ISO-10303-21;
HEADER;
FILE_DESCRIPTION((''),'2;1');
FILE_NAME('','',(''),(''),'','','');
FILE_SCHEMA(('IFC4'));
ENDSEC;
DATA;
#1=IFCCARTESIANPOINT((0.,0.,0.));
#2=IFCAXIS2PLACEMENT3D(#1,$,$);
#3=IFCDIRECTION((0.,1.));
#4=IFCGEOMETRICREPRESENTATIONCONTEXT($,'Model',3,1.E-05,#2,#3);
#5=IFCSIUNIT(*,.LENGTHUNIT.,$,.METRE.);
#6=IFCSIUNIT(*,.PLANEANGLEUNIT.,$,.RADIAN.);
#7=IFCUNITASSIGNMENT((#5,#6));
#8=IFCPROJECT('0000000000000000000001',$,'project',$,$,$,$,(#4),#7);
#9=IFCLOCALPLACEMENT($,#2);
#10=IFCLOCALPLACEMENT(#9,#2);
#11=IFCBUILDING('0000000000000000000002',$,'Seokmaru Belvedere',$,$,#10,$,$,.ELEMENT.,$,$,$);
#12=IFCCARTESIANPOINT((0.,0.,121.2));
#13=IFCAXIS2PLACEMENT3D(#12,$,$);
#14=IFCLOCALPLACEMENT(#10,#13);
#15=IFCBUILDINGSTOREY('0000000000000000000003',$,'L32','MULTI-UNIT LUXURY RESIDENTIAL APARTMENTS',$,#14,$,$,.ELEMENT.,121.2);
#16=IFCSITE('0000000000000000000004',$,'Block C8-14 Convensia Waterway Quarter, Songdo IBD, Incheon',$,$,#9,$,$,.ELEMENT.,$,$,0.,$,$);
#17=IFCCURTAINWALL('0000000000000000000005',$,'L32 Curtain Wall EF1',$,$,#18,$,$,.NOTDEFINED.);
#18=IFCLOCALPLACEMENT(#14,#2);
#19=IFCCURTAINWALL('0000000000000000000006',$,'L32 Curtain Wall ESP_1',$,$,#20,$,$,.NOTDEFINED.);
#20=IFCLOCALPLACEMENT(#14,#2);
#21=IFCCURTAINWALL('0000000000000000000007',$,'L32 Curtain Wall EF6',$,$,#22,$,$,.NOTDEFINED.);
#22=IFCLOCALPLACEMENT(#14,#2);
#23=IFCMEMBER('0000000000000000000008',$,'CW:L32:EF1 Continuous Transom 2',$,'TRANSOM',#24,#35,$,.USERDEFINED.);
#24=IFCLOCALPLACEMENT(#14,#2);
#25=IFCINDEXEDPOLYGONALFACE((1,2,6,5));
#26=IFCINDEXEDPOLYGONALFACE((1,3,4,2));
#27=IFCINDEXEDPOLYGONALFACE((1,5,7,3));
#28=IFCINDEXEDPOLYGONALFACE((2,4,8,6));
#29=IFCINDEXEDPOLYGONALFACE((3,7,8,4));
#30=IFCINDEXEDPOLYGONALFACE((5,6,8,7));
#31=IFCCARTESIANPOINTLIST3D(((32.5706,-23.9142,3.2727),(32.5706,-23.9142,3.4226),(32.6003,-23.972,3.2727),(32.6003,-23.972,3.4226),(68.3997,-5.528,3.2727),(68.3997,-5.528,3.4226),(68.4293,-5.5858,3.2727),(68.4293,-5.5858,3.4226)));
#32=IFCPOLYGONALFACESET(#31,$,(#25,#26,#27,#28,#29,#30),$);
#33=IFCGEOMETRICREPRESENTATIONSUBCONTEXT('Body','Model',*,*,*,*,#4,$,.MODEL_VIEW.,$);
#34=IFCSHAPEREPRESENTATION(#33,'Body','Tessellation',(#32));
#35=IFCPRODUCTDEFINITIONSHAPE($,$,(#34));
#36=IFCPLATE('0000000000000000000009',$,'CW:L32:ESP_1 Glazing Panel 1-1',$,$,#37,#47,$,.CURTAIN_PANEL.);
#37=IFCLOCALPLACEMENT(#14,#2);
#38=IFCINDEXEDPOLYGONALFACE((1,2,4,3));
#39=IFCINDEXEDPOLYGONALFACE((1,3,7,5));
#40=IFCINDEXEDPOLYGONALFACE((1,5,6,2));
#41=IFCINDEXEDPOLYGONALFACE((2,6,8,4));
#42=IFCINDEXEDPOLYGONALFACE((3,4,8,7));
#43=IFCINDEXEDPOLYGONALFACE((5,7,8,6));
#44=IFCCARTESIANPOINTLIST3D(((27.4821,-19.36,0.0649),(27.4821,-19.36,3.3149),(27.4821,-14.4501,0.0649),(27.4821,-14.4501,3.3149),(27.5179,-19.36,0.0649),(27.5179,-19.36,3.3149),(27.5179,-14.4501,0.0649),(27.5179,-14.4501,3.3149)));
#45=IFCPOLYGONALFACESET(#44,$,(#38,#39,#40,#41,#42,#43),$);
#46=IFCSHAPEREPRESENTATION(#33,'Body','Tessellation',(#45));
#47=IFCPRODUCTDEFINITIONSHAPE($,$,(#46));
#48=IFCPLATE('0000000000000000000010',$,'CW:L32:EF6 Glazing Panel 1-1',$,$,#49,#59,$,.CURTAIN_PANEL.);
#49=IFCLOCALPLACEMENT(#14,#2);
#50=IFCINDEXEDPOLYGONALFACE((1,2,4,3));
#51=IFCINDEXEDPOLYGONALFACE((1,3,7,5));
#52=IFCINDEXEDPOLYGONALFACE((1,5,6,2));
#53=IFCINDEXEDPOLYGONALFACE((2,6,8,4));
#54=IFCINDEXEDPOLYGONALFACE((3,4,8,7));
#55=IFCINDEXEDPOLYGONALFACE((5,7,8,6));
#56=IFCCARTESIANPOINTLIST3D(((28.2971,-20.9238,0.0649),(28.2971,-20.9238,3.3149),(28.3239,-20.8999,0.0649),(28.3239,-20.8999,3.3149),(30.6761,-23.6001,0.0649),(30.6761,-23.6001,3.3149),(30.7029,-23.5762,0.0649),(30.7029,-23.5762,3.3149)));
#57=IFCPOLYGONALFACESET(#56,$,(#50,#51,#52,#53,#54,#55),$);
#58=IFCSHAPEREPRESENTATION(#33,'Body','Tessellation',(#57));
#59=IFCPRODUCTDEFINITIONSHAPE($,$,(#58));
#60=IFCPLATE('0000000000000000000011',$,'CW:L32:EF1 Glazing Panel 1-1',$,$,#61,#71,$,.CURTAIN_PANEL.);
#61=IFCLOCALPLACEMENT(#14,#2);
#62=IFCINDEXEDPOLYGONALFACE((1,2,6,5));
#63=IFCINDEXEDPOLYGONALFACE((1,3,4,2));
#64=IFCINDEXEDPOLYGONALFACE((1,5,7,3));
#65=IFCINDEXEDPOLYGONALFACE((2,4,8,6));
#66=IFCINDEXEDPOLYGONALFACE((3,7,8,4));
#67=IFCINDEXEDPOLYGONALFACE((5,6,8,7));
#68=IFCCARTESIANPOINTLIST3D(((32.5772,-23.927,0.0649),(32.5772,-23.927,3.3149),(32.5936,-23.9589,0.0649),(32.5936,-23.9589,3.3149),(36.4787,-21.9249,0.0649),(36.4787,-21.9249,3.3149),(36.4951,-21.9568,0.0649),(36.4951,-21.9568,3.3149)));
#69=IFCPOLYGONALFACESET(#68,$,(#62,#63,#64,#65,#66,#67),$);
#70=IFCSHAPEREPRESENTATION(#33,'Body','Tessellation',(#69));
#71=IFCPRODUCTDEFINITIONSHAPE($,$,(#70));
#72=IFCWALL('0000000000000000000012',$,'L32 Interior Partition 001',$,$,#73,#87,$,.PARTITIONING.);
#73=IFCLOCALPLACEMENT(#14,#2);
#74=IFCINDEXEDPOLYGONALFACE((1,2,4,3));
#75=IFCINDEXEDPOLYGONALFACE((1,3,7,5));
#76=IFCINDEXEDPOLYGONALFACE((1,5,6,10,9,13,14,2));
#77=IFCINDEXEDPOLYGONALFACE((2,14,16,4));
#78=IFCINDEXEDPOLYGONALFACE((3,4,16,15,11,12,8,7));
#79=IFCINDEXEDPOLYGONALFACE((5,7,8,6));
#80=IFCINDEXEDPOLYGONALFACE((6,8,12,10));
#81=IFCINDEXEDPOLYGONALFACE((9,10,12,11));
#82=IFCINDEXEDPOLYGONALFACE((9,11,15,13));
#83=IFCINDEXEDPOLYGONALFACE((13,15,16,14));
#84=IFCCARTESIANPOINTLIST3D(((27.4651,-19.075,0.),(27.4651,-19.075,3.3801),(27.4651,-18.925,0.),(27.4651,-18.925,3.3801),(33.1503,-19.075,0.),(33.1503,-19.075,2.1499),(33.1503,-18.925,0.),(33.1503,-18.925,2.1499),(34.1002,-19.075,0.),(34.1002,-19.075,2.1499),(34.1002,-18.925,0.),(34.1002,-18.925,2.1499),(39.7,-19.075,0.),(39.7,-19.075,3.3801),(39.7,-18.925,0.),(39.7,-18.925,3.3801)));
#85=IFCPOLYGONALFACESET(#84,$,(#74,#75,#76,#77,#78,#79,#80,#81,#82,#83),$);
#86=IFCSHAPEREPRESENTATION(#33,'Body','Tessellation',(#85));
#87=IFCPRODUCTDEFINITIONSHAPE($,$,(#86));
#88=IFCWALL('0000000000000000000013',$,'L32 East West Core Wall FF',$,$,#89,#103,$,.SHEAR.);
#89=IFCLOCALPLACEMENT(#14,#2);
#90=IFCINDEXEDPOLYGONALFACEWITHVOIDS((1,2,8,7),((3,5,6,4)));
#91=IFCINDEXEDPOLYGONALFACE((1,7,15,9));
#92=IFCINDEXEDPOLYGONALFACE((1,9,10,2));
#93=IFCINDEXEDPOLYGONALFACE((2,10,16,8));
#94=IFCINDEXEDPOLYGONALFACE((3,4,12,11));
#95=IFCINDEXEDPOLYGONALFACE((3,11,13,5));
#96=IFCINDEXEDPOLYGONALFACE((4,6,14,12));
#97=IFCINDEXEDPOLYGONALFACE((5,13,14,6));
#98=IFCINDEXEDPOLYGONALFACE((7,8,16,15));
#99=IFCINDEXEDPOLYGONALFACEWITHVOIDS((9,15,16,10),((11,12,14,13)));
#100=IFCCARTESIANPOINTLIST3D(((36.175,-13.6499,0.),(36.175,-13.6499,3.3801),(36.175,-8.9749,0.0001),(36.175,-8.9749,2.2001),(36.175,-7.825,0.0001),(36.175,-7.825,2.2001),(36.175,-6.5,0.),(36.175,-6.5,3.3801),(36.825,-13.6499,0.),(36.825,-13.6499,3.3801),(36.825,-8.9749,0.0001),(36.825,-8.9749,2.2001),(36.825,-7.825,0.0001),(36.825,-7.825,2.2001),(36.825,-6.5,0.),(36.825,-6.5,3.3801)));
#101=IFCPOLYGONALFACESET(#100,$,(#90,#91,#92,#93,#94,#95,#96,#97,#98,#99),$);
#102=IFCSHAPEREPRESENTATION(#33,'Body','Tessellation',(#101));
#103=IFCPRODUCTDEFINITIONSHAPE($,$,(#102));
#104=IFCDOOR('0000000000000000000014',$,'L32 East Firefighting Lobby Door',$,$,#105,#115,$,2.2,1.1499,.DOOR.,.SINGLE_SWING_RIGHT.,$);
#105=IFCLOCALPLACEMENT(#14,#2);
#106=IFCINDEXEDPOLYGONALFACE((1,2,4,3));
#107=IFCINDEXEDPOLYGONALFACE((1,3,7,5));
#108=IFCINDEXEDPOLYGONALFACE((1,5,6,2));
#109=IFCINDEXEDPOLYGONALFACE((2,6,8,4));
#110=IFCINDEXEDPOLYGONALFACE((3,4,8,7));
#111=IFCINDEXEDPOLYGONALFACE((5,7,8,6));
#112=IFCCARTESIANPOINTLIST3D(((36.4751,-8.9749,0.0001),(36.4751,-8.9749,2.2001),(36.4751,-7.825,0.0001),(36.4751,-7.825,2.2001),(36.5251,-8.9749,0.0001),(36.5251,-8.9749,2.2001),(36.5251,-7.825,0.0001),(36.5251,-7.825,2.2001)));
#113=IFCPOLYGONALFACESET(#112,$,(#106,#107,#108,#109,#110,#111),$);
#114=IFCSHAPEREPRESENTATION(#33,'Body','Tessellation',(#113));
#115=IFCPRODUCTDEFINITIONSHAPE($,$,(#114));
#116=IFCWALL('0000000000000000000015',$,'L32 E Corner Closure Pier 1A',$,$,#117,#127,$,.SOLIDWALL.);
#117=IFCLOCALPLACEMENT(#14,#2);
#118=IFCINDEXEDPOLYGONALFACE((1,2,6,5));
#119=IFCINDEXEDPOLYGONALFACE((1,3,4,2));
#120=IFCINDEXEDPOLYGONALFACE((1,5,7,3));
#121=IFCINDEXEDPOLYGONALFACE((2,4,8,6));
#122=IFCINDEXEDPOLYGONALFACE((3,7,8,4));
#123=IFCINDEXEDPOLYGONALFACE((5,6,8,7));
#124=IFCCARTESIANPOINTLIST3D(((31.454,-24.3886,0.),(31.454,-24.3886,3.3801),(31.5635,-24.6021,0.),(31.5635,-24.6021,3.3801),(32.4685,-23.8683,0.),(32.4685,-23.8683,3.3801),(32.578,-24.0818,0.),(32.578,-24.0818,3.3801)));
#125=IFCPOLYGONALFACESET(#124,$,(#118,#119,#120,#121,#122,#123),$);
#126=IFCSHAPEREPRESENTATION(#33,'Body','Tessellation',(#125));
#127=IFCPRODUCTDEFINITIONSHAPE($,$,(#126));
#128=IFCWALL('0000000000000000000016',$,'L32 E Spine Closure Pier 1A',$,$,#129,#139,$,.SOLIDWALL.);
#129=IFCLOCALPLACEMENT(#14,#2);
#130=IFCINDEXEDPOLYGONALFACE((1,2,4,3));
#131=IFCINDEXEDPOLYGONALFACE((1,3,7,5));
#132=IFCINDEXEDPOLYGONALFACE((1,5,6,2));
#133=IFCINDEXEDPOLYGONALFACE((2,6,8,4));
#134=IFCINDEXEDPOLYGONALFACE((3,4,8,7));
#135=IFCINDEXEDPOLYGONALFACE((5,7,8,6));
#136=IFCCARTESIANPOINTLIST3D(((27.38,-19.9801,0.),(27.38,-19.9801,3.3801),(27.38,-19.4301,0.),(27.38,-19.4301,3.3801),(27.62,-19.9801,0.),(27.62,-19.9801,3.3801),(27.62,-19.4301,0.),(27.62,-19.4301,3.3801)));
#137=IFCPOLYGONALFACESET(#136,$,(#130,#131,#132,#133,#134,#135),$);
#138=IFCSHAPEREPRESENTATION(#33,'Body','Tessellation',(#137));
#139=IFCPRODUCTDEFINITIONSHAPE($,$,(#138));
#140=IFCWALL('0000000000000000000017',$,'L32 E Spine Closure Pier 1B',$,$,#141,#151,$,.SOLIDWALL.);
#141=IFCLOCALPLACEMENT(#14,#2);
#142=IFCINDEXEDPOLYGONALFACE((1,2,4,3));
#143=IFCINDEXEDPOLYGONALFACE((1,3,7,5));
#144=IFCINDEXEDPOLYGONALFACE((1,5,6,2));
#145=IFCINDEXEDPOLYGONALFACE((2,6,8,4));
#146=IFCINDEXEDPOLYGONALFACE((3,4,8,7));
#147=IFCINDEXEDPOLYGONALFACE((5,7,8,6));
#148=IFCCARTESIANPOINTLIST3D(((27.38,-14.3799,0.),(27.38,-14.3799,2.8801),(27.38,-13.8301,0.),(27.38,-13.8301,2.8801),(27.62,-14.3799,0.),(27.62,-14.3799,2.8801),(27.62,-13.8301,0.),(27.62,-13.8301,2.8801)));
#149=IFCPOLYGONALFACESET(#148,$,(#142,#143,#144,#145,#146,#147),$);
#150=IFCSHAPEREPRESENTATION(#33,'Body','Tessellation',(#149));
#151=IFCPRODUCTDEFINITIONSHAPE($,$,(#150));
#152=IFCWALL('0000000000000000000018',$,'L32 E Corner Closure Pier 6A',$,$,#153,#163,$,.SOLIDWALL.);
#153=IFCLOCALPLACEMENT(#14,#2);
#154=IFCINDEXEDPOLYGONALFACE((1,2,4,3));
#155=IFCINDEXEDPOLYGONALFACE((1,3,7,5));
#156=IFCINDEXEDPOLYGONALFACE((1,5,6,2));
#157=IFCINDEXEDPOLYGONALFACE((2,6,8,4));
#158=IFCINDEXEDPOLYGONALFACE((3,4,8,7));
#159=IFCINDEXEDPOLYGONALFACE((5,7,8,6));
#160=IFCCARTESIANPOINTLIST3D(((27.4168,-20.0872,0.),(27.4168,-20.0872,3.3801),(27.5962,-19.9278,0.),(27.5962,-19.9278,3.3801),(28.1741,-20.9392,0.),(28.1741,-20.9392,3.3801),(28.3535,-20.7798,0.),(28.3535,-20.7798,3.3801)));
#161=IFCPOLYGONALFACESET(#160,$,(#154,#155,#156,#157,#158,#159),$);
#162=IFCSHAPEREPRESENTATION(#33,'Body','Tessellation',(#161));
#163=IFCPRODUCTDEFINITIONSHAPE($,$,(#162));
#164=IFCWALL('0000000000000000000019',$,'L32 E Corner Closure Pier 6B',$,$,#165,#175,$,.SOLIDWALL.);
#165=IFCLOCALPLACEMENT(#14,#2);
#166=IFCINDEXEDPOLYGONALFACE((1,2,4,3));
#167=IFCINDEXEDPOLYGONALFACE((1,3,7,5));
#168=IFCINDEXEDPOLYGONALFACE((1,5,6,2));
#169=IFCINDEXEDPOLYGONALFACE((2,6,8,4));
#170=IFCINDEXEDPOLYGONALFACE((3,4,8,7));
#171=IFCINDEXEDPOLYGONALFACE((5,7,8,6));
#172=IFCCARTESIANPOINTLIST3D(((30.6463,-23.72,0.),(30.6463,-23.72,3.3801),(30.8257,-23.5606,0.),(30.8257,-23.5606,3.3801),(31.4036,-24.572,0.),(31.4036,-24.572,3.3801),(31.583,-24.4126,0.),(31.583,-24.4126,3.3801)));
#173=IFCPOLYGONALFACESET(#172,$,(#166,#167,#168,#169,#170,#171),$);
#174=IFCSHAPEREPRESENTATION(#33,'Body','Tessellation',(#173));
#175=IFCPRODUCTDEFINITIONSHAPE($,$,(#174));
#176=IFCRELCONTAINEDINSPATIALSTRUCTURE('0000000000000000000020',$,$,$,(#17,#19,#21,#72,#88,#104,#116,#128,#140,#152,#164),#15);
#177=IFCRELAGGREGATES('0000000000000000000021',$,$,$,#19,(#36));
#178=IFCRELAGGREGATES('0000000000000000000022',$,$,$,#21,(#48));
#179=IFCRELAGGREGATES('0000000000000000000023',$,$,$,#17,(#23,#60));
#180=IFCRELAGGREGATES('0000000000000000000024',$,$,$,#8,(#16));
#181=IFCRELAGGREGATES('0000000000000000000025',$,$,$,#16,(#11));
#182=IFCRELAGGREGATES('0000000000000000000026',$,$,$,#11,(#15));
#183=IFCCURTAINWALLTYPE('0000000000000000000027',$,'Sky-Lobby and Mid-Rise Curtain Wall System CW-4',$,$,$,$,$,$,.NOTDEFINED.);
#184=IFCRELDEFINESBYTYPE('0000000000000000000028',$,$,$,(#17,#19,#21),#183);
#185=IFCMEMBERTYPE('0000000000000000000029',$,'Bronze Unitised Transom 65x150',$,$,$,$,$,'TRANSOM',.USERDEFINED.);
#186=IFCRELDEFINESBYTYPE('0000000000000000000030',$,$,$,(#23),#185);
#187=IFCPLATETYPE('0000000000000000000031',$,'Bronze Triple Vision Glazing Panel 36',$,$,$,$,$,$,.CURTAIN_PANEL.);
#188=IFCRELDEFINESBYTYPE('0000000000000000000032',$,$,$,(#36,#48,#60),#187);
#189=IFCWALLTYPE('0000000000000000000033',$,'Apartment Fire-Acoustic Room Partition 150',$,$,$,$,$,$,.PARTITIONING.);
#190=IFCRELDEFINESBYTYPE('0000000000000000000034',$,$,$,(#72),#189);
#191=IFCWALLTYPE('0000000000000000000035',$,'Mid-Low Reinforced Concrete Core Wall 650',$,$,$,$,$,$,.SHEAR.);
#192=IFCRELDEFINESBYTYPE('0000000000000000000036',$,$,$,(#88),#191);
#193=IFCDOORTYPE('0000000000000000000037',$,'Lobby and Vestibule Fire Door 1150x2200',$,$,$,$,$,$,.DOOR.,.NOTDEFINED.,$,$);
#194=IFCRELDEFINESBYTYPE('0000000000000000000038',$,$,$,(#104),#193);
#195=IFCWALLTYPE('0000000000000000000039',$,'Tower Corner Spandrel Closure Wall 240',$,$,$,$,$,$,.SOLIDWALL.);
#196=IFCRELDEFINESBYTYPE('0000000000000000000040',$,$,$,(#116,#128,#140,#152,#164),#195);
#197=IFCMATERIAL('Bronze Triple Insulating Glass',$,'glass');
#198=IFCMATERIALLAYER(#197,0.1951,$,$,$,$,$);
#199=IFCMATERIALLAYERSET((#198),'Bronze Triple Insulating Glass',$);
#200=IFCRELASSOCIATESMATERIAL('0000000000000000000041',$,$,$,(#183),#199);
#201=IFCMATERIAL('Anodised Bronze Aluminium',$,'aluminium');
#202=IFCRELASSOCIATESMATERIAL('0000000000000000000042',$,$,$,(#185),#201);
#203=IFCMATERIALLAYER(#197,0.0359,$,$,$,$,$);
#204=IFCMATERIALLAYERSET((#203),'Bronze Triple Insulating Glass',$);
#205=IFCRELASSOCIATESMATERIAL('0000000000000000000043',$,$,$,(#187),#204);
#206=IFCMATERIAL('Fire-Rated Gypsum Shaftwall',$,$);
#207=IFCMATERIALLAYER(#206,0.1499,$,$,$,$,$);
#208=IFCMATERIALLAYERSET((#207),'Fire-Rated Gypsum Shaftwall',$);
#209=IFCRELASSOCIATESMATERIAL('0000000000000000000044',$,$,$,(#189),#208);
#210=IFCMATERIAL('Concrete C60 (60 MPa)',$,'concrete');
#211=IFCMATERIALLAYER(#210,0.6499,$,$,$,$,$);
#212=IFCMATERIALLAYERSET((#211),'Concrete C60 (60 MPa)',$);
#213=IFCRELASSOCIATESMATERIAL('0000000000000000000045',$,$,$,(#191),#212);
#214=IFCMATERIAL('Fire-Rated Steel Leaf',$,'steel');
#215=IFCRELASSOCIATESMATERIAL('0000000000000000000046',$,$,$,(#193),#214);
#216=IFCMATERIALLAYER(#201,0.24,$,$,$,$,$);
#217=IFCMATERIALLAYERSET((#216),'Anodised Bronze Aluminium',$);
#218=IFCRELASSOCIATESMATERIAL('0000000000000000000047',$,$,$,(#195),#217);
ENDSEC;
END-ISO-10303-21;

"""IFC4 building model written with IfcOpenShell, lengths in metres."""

from ifc_helpers import new_model, si_unit, direction, frame, frame_2d, origin, origin_2d, place, context, subcontext, project, spatial, rectangle, extrude, source, transform, mapped, material, layer, layer_set, material_profile, profile_set, type_object, type_shapes, element, fill, aggregate, save


model = new_model("IFC4")

# Units and contexts
model_context = context("Model", 3, precision=1e-05, world=origin(), true_north=direction((0.0, 1.0)))
body_context = subcontext(model_context, "Body", "Model", "MODEL_VIEW")
ifc_project = project(units=[si_unit("LENGTHUNIT", "METRE"), si_unit("PLANEANGLEUNIT", "RADIAN")], contexts=[model_context])

# Site, building, storey
site_placement = place(None, origin())
site = spatial("IfcSite", under=ifc_project, at=site_placement, Name="Block C8-14 Convensia Waterway Quarter, Songdo IBD, Incheon", CompositionType="ELEMENT", RefElevation=0.0)
building_placement = place(site_placement, origin())
building = spatial("IfcBuilding", under=site, at=building_placement, Name="Seokmaru Belvedere", CompositionType="ELEMENT")
storey_placement = place(building_placement, frame((0.0, 0.0, 121.2)))
storey = spatial("IfcBuildingStorey", under=building, at=storey_placement, Name="L32", Description="MULTI-UNIT LUXURY RESIDENTIAL APARTMENTS", CompositionType="ELEMENT", Elevation=121.2)

# Curtain wall
ifc_material_1 = material(Name="Bronze Triple Insulating Glass", Category="glass")
ifc_layer_1 = layer(ifc_material_1, 0.1951)
ifc_layer_set_1 = layer_set([ifc_layer_1], Name="Bronze Triple Insulating Glass")
curtain_wall_type = type_object("IfcCurtainWallType", Name="Sky-Lobby and Mid-Rise Curtain Wall System CW-4", PredefinedType="NOTDEFINED", material=ifc_layer_set_1)
curtain_wall_1_placement = place(storey_placement, origin())
curtain_wall_1 = element("IfcCurtainWall", 1, at=curtain_wall_1_placement, inside=storey, type_object=curtain_wall_type, Name="L32 Curtain Wall EF1", PredefinedType="NOTDEFINED")
ifc_material_2 = material(Name="Anodised Bronze Aluminium", Category="aluminium")

# Curtain walls
curtain_wall_2_placement = place(storey_placement, origin())
curtain_wall_2 = element("IfcCurtainWall", 2, at=curtain_wall_2_placement, inside=storey, type_object=curtain_wall_type, Name="L32 Curtain Wall ESP_1", PredefinedType="NOTDEFINED")
curtain_wall_3_placement = place(storey_placement, origin())
curtain_wall_3 = element("IfcCurtainWall", 3, at=curtain_wall_3_placement, inside=storey, type_object=curtain_wall_type, Name="L32 Curtain Wall EF6", PredefinedType="NOTDEFINED")

# Member
ifc_material_profile_1 = material_profile(ifc_material_2, rectangle(XDim=0.0649, YDim=0.1499, at=origin_2d()), Name="CW-T-65x150")
ifc_profile_set_1 = profile_set([ifc_material_profile_1], Name="Anodised Bronze Aluminium")
member_type_1 = type_object("IfcMemberType", Name="Bronze Unitised Transom 65x150", ElementType="TRANSOM", PredefinedType="USERDEFINED", material=ifc_profile_set_1)
shared_shape_1 = source(origin(), body_context, "Body", "SweptSolid", [
    extrude(rectangle(XDim=0.0649, YDim=0.1499, at=origin_2d()), origin(), (0.0, 0.0, 1.0), 40.2712),
])
member_1_placement = place(storey_placement, frame((32.5854, -23.9431, 3.3477), z_axis=(0.889693, 0.456559, 0.0), x_axis=(-0.456559, 0.889693, 0.0)))
member_1 = element("IfcMember", 4, at=member_1_placement, type_object=member_type_1, Name="CW:L32:EF1 Continuous Transom 2", ObjectType="TRANSOM", PredefinedType="USERDEFINED", context=body_context, shape_type="MappedRepresentation", body=[
    mapped(shared_shape_1, transform((0.0, 0.0, 0.0), scale=1.0)),
])

# Plates
ifc_layer_2 = layer(ifc_material_1, 0.0359)
ifc_layer_set_2 = layer_set([ifc_layer_2], Name="Bronze Triple Insulating Glass")
plate_type = type_object("IfcPlateType", Name="Bronze Triple Vision Glazing Panel 36", PredefinedType="CURTAIN_PANEL", material=ifc_layer_set_2)
shared_shape_2 = source(origin(), body_context, "Body", "SweptSolid", [
    extrude(rectangle(XDim=4.9099, YDim=0.0359, at=origin_2d()), origin(), (0.0, 0.0, 1.0), 3.25),
])
plate_1_placement = place(storey_placement, frame((27.5, -16.905, 0.0649), z_axis=(0.0, 0.0, 1.0), x_axis=(0.0, -1.0, 0.0)))
plate_1 = element("IfcPlate", 5, at=plate_1_placement, type_object=plate_type, Name="CW:L32:ESP_1 Glazing Panel 1-1", PredefinedType="CURTAIN_PANEL", context=body_context, shape_type="MappedRepresentation", body=[
    mapped(shared_shape_2, transform((0.0, 0.0, 0.0), scale=1.0)),
])
aggregate(curtain_wall_2, [plate_1])
shared_shape_3 = source(origin(), body_context, "Body", "SweptSolid", [
    extrude(rectangle(XDim=3.5808, YDim=0.0359, at=origin_2d()), origin(), (0.0, 0.0, 1.0), 3.25),
])
plate_2_placement = place(storey_placement, frame((29.5, -22.25, 0.0649), z_axis=(0.0, 0.0, 1.0), x_axis=(0.664363, -0.74741, 0.0)))
plate_2 = element("IfcPlate", 6, at=plate_2_placement, type_object=plate_type, Name="CW:L32:EF6 Glazing Panel 1-1", PredefinedType="CURTAIN_PANEL", context=body_context, shape_type="MappedRepresentation", body=[
    mapped(shared_shape_3, transform((0.0, 0.0, 0.0), scale=1.0)),
])
aggregate(curtain_wall_3, [plate_2])
shared_shape_4 = source(origin(), body_context, "Body", "SweptSolid", [
    extrude(rectangle(XDim=4.3853, YDim=0.0359, at=origin_2d()), origin(), (0.0, 0.0, 1.0), 3.25),
])
type_shapes(plate_type, [shared_shape_2, shared_shape_3, shared_shape_4])
plate_3_placement = place(storey_placement, frame((34.5361, -22.9419, 0.0649), z_axis=(0.0, 0.0, 1.0), x_axis=(0.889695, 0.456555, 0.0)))
plate_3 = element("IfcPlate", 7, at=plate_3_placement, type_object=plate_type, Name="CW:L32:EF1 Glazing Panel 1-1", PredefinedType="CURTAIN_PANEL", context=body_context, shape_type="MappedRepresentation", body=[
    mapped(shared_shape_4, transform((0.0, 0.0, 0.0), scale=1.0)),
])
aggregate(curtain_wall_1, [member_1, plate_3])

# Wall, opening
ifc_material_3 = material(Name="Fire-Rated Gypsum Shaftwall")
ifc_layer_3 = layer(ifc_material_3, 0.1499)
ifc_layer_set_3 = layer_set([ifc_layer_3], Name="Fire-Rated Gypsum Shaftwall")
wall_type_1 = type_object("IfcWallType", Name="Apartment Fire-Acoustic Room Partition 150", PredefinedType="PARTITIONING", material=ifc_layer_set_3)
wall_1_placement = place(storey_placement, frame((27.4651, -19.0, 0.0), z_axis=(0.0, 0.0, 1.0), x_axis=(1.0, 0.0, 0.0)))
wall_1 = element("IfcWall", 8, at=wall_1_placement, inside=storey, type_object=wall_type_1, Name="L32 Interior Partition 001", PredefinedType="PARTITIONING", context=body_context, shape_type="SweptSolid", body=[
    extrude(rectangle(XDim=12.2349, YDim=0.1499, at=frame_2d((6.1174, 0.0))), origin(), (0.0, 0.0, 1.0), 3.3801),
])
opening_1_placement = place(wall_1_placement, frame((5.6851, 0.0, 0.0)))
element("IfcOpeningElement", 9, at=opening_1_placement, cuts=wall_1, PredefinedType="OPENING", context=body_context, shape_type="SweptSolid", body=[
    extrude(rectangle(XDim=0.95, YDim=2.1499, at=frame_2d((0.4751, 1.075))), frame((0.0, 0.085, 0.0), z_axis=(0.0, -1.0, 0.0), x_axis=(1.0, 0.0, 0.0)), (0.0, 0.0, 1.0), 0.1699),
])

# Wall, opening, door
ifc_material_4 = material(Name="Concrete C60 (60 MPa)", Category="concrete")
ifc_layer_4 = layer(ifc_material_4, 0.6499)
ifc_layer_set_4 = layer_set([ifc_layer_4], Name="Concrete C60 (60 MPa)")
wall_type_2 = type_object("IfcWallType", Name="Mid-Low Reinforced Concrete Core Wall 650", PredefinedType="SHEAR", material=ifc_layer_set_4)
wall_2_placement = place(storey_placement, frame((36.5, -13.6499, 0.0), z_axis=(0.0, 0.0, 1.0), x_axis=(0.0, 1.0, 0.0)))
wall_2 = element("IfcWall", 10, at=wall_2_placement, inside=storey, type_object=wall_type_2, Name="L32 East West Core Wall FF", PredefinedType="SHEAR", context=body_context, shape_type="SweptSolid", body=[
    extrude(rectangle(XDim=7.1499, YDim=0.6499, at=frame_2d((3.575, 0.0))), origin(), (0.0, 0.0, 1.0), 3.3801),
])
opening_2_placement = place(wall_2_placement, frame((4.675, 0.0, 0.0)))
opening_2 = element("IfcOpeningElement", 11, at=opening_2_placement, cuts=wall_2, PredefinedType="OPENING", context=body_context, shape_type="SweptSolid", body=[
    extrude(rectangle(XDim=1.1499, YDim=2.2, at=frame_2d((0.575, 1.1001))), frame((0.0, 0.335, 0.0), z_axis=(0.0, -1.0, 0.0), x_axis=(1.0, 0.0, 0.0)), (0.0, 0.0, 1.0), 0.6699),
])
ifc_material_5 = material(Name="Fire-Rated Steel Leaf", Category="steel")
door_type = type_object("IfcDoorType", Name="Lobby and Vestibule Fire Door 1150x2200", OperationType="NOTDEFINED", PredefinedType="DOOR", material=ifc_material_5)
shared_shape_5 = source(origin(), body_context, "Body", "SweptSolid", [
    extrude(rectangle(XDim=1.1499, YDim=2.2, at=frame_2d((0.575, 1.1001))), frame((0.0, 0.0249, 0.0), z_axis=(0.0, -1.0, 0.0), x_axis=(1.0, 0.0, 0.0)), (0.0, 0.0, 1.0), 0.05),
])
type_shapes(door_type, [shared_shape_5])
door_placement = place(opening_2_placement, origin())
door = element("IfcDoor", 12, at=door_placement, inside=storey, type_object=door_type, Name="L32 East Firefighting Lobby Door", OperationType="SINGLE_SWING_RIGHT", OverallHeight=2.2, OverallWidth=1.1499, PredefinedType="DOOR", context=body_context, shape_type="MappedRepresentation", body=[
    mapped(shared_shape_5, transform((0.0, 0.0, 0.0), scale=1.0)),
])
fill(opening_2, door)

# Walls
ifc_layer_5 = layer(ifc_material_2, 0.24)
ifc_layer_set_5 = layer_set([ifc_layer_5], Name="Anodised Bronze Aluminium")
wall_type_3 = type_object("IfcWallType", Name="Tower Corner Spandrel Closure Wall 240", PredefinedType="SOLIDWALL", material=ifc_layer_set_5)
wall_3_placement = place(storey_placement, frame((31.5088, -24.4954, 0.0), z_axis=(0.0, 0.0, 1.0), x_axis=(0.889797, 0.456356, 0.0)))
element("IfcWall", 13, at=wall_3_placement, inside=storey, type_object=wall_type_3, Name="L32 E Corner Closure Pier 1A", PredefinedType="SOLIDWALL", context=body_context, shape_type="SweptSolid", body=[
    extrude(rectangle(XDim=1.1401, YDim=0.24, at=frame_2d((0.5701, 0.0))), origin(), (0.0, 0.0, 1.0), 3.3801),
])
wall_4_placement = place(storey_placement, frame((27.5, -19.98, 0.0), z_axis=(0.0, 0.0, 1.0), x_axis=(0.0, 1.0, 0.0)))
element("IfcWall", 14, at=wall_4_placement, inside=storey, type_object=wall_type_3, Name="L32 E Spine Closure Pier 1A", PredefinedType="SOLIDWALL", context=body_context, shape_type="SweptSolid", body=[
    extrude(rectangle(XDim=0.55, YDim=0.24, at=frame_2d((0.2749, 0.0))), origin(), (0.0, 0.0, 1.0), 3.3801),
])
wall_5_placement = place(storey_placement, frame((27.5, -14.3799, 0.0), z_axis=(0.0, 0.0, 1.0), x_axis=(0.0, 1.0, 0.0)))
element("IfcWall", 15, at=wall_5_placement, inside=storey, type_object=wall_type_3, Name="L32 E Spine Closure Pier 1B", PredefinedType="SOLIDWALL", context=body_context, shape_type="SweptSolid", body=[
    extrude(rectangle(XDim=0.5498, YDim=0.24, at=frame_2d((0.2749, 0.0))), origin(), (0.0, 0.0, 1.0), 2.8801),
])
for number, where, z_axis, x_axis, name in (
    (16, (27.5066, -20.0076, 0.0), (0.0, 0.0, 1.0), (0.664337, -0.747433, 0.0), "L32 E Corner Closure Pier 6A"),
    (17, (30.7361, -23.6404, 0.0), (0.0, 0.0, 1.0), (0.664337, -0.747433, 0.0), "L32 E Corner Closure Pier 6B"),
):
    element("IfcWall", number, at=place(storey_placement, frame(where, z_axis=z_axis, x_axis=x_axis)), inside=storey, type_object=wall_type_3, Name=name, PredefinedType="SOLIDWALL", context=body_context, shape_type="SweptSolid", body=[
        extrude(rectangle(XDim=1.1399, YDim=0.24, at=frame_2d((0.5698, 0.0))), origin(), (0.0, 0.0, 1.0), 3.3801),
    ])

save(model, "model.ifc")
